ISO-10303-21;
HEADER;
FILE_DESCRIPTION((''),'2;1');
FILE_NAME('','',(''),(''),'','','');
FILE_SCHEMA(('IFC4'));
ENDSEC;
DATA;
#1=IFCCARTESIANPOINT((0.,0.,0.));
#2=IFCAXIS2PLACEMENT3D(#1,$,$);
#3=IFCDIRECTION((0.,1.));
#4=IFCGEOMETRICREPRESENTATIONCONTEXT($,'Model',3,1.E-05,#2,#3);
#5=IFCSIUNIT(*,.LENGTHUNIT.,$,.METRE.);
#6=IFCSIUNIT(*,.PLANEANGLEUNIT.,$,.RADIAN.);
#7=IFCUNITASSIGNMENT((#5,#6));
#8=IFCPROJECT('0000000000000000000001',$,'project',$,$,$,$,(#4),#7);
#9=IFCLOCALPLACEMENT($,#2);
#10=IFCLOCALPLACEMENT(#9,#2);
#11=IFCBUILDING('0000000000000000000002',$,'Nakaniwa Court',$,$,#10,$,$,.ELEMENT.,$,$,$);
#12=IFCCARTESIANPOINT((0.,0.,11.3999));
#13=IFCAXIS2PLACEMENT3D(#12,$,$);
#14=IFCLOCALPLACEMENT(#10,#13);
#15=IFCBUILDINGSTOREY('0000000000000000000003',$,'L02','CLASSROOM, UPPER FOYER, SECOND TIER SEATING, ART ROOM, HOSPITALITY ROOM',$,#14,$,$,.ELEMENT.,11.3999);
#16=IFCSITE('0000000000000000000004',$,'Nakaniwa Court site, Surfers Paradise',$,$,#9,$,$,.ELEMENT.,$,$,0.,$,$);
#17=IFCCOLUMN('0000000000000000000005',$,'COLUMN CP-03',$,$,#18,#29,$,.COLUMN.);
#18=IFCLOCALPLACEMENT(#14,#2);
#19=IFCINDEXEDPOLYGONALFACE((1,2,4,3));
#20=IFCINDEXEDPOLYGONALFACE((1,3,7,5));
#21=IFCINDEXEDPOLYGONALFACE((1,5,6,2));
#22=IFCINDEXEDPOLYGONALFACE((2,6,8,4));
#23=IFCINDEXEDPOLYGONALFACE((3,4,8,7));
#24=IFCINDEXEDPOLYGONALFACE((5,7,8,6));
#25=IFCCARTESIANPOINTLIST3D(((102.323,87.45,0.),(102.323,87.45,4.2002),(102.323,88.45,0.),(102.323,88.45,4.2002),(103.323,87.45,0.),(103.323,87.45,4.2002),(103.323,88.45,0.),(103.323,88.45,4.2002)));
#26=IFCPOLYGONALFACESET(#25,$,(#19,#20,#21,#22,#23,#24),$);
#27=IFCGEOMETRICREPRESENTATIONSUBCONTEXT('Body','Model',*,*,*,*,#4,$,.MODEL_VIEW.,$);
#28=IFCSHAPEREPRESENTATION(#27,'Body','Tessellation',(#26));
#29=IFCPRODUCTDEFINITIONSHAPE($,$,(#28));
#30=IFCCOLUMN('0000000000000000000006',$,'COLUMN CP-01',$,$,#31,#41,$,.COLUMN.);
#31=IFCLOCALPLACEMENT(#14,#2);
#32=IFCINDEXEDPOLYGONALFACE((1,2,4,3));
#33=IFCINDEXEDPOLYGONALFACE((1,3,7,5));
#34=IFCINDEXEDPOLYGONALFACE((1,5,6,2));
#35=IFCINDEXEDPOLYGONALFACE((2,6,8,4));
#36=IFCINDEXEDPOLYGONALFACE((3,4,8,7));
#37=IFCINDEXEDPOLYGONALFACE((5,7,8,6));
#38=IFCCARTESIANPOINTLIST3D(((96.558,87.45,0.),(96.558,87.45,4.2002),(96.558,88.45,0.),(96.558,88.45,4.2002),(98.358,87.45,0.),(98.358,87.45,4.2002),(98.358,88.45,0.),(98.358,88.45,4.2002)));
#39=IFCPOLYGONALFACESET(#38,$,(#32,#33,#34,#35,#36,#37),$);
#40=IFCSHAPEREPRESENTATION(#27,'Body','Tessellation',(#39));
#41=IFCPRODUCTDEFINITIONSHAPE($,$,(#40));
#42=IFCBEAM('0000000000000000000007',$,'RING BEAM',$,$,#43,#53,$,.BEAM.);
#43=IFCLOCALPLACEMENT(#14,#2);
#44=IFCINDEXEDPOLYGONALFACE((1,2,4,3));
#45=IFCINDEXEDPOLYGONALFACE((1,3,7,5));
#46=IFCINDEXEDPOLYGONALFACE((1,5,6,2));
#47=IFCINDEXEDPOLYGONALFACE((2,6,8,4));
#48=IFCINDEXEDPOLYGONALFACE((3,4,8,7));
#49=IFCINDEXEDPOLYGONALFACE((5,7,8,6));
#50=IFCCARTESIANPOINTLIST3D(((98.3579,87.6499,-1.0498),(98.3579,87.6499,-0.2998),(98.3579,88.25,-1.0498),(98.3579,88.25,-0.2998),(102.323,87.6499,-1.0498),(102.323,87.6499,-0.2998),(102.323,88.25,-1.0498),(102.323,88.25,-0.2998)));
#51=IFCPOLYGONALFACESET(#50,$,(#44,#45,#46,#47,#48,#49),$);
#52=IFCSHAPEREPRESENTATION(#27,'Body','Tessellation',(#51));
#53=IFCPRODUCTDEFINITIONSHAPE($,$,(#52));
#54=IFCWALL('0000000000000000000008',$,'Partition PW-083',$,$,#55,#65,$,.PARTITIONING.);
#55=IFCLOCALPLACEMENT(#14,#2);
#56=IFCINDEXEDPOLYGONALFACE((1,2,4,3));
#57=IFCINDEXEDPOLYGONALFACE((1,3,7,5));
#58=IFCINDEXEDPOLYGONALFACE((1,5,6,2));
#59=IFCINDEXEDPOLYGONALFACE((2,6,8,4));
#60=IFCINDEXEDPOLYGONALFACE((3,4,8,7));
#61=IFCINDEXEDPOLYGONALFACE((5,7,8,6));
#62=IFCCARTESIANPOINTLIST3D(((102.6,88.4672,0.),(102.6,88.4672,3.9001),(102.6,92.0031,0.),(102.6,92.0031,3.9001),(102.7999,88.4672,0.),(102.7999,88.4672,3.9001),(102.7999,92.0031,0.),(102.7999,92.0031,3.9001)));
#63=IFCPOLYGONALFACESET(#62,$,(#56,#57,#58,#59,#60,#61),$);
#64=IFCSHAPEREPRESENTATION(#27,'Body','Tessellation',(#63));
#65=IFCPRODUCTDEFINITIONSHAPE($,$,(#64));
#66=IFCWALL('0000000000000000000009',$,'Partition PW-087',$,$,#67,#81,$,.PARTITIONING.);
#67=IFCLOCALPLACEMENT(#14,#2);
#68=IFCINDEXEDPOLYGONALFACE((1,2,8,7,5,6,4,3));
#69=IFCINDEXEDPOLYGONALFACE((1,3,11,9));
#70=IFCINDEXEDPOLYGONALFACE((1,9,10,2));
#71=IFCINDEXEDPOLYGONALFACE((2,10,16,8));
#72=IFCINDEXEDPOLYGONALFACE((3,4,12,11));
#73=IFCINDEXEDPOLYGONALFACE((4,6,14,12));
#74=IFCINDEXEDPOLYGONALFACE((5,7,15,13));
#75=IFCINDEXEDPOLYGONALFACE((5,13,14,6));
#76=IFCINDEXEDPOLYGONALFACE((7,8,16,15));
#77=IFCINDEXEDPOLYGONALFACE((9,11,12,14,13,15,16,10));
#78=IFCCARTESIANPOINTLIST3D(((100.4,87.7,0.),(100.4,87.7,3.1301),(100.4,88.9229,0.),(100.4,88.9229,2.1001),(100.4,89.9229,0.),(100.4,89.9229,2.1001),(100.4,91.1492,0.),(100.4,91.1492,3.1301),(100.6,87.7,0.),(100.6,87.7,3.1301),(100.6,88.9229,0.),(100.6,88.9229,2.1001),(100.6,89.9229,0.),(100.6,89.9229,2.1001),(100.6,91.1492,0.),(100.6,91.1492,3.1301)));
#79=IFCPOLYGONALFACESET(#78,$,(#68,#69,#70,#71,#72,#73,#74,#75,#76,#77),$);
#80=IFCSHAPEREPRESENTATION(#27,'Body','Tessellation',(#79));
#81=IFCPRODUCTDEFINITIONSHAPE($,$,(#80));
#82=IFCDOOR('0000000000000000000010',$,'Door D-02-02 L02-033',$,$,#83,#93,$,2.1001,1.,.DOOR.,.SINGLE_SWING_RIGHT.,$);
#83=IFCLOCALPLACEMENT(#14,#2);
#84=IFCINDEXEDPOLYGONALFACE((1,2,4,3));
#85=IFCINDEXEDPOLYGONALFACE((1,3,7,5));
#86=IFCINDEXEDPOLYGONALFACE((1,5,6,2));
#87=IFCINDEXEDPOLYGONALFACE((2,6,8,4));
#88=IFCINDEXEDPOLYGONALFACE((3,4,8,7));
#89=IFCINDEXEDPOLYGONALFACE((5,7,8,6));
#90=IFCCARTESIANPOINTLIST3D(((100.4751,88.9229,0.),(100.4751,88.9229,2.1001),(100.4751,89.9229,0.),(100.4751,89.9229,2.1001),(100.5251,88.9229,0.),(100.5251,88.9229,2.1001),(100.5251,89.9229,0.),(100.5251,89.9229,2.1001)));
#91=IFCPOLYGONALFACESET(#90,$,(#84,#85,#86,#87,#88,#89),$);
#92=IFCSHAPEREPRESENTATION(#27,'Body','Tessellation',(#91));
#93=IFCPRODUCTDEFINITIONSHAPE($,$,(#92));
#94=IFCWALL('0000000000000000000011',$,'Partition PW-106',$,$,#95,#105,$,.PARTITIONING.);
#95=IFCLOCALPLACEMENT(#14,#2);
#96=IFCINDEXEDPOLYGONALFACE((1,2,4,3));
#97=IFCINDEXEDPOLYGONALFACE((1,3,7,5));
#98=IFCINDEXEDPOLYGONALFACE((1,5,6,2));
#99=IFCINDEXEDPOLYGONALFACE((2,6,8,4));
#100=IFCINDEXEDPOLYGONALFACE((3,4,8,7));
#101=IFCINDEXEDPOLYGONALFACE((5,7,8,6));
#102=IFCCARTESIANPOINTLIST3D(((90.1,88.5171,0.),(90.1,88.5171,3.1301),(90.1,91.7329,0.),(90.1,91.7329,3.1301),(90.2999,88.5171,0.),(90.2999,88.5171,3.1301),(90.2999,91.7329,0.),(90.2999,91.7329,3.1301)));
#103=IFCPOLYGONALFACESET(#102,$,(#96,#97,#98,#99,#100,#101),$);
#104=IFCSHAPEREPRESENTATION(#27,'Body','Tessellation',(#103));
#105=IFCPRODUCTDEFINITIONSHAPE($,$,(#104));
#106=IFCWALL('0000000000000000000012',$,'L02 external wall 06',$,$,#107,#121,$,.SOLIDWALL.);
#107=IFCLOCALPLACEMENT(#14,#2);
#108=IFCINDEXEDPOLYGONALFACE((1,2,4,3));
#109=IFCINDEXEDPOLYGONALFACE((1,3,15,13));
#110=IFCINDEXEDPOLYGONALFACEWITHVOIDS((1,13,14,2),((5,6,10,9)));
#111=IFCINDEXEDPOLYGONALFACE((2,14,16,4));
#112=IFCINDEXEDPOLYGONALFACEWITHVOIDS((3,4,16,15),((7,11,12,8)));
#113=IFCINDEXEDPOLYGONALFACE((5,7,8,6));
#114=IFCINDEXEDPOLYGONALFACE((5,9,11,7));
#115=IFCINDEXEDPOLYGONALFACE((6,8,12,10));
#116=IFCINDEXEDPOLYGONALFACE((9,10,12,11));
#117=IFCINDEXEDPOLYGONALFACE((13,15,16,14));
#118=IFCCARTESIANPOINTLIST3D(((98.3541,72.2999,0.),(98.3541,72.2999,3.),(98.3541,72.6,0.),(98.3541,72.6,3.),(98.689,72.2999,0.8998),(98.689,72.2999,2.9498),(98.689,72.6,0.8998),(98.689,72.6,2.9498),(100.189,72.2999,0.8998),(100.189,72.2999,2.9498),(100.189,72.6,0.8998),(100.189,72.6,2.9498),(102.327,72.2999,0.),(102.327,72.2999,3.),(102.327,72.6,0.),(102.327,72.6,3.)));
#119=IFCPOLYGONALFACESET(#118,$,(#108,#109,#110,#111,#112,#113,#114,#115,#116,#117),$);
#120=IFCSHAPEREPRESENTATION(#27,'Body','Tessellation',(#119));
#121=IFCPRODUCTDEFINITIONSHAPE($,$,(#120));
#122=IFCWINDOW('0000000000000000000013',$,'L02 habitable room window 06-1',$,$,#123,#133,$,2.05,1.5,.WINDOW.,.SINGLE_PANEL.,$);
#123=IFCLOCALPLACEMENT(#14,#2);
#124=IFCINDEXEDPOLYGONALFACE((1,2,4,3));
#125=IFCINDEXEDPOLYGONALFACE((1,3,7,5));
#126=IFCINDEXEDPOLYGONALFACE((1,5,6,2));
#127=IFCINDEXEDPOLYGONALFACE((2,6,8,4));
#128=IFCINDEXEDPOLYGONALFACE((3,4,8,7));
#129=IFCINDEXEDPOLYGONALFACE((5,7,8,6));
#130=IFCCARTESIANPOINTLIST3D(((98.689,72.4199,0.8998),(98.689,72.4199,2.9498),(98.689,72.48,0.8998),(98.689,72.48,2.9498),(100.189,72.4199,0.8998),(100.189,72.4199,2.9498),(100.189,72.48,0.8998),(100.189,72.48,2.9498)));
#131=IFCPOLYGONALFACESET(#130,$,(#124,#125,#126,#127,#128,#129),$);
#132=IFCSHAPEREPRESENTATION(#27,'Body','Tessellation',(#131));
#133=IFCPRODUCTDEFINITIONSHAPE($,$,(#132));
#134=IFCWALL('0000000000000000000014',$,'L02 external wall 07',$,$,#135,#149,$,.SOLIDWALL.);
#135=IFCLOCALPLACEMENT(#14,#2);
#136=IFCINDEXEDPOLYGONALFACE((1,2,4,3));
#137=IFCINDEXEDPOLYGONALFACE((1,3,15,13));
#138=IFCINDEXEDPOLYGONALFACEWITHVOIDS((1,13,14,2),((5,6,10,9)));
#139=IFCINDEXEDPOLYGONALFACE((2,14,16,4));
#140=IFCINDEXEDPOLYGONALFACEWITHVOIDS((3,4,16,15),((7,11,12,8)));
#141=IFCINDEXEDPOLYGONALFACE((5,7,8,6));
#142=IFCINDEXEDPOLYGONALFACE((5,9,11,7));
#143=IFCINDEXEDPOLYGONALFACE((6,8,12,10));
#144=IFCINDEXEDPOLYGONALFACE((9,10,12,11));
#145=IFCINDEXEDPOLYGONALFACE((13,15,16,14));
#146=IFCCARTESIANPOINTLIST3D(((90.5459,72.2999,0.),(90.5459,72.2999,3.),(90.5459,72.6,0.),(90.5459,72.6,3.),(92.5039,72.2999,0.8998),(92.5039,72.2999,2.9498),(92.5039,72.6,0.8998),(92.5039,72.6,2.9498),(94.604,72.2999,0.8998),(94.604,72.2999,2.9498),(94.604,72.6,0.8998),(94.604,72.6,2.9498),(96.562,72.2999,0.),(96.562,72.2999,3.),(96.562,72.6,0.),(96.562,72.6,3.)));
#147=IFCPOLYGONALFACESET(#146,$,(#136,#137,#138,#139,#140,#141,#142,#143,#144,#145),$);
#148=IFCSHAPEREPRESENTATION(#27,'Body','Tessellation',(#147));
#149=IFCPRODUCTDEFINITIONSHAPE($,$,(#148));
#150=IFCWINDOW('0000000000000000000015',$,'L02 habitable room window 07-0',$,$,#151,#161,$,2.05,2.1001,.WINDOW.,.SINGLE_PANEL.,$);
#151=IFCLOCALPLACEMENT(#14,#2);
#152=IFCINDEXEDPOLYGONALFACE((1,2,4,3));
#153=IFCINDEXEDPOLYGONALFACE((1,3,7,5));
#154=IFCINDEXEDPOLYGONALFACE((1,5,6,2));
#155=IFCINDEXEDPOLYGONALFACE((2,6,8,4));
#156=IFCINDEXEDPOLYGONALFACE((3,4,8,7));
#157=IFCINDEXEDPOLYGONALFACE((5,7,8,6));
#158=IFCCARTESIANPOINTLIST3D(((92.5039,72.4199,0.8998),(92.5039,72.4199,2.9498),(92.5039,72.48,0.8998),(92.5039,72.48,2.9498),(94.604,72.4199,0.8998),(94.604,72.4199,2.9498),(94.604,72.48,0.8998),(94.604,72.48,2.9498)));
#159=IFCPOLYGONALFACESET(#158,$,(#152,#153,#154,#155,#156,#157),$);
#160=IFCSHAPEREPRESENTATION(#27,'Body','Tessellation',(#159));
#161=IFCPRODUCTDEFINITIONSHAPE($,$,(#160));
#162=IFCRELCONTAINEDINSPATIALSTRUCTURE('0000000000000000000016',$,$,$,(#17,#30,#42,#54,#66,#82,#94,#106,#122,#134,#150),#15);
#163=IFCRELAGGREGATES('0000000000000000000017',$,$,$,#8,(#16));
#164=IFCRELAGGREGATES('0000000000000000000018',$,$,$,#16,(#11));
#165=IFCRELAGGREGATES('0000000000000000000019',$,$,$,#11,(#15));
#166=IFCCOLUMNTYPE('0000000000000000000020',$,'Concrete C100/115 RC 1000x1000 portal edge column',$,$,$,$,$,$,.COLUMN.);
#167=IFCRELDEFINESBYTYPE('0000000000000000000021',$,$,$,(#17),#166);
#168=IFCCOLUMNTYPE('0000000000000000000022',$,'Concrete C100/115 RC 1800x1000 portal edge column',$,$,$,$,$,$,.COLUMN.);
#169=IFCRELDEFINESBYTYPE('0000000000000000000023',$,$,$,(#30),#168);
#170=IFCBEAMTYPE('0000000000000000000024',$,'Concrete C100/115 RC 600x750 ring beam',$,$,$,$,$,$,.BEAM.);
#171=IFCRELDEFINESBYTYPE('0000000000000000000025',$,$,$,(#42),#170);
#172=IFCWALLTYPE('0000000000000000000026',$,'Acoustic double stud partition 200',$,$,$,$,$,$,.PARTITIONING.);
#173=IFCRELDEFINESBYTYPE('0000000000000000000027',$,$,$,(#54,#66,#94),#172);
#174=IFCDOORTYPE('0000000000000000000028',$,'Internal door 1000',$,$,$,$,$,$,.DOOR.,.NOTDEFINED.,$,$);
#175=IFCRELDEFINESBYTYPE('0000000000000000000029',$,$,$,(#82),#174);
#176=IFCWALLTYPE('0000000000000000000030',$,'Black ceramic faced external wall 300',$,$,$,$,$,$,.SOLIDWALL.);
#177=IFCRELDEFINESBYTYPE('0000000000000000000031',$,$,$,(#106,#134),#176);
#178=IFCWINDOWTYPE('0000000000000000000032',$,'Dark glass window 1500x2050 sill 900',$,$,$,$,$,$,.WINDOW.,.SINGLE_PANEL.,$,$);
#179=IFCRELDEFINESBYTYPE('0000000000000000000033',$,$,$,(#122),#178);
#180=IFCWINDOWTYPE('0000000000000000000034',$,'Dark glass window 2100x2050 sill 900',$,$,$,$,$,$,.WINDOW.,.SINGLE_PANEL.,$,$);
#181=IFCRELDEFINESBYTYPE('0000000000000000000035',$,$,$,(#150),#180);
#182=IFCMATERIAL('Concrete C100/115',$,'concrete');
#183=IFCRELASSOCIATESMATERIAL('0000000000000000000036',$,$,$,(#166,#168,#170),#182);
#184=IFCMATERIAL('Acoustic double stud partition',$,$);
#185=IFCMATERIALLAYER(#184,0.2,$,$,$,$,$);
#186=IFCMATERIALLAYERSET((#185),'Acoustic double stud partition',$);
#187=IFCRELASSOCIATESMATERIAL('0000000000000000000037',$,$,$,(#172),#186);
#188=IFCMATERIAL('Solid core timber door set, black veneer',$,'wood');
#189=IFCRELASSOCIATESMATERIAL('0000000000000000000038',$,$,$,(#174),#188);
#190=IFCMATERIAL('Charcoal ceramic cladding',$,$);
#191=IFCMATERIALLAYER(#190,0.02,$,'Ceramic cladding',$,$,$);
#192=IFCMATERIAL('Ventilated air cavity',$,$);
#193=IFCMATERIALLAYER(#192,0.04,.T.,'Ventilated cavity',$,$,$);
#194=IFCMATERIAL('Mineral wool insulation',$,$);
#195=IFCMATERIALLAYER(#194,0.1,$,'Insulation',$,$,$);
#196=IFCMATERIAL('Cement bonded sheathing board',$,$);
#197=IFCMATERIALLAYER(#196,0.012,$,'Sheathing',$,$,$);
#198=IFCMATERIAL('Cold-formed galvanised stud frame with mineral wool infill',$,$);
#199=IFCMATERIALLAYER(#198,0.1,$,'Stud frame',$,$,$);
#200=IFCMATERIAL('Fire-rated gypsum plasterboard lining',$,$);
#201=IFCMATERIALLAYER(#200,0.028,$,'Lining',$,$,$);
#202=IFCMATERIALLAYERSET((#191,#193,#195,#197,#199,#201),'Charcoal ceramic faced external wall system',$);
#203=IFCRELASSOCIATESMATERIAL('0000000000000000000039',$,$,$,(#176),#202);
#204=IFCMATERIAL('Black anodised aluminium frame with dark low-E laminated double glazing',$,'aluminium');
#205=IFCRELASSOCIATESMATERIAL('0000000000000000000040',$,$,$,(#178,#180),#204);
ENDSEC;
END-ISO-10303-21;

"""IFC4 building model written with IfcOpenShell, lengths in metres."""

from ifc_helpers import new_model, si_unit, direction, frame, frame_2d, origin, origin_2d, place, context, subcontext, project, spatial, rectangle, extrude, material, layer, layer_set, material_profile, profile_set, type_object, element, fill, save


model = new_model("IFC4")

# Units and contexts
model_context = context("Model", 3, precision=1e-05, world=origin(), true_north=direction((0.0, 1.0)))
body_context = subcontext(model_context, "Body", "Model", "MODEL_VIEW")
ifc_project = project(units=[si_unit("LENGTHUNIT", "METRE"), si_unit("PLANEANGLEUNIT", "RADIAN")], contexts=[model_context])

# Site, building, storey
site_placement = place(None, origin())
site = spatial("IfcSite", under=ifc_project, at=site_placement, Name="Nakaniwa Court site, Surfers Paradise", CompositionType="ELEMENT", RefElevation=0.0)
building_placement = place(site_placement, origin())
building = spatial("IfcBuilding", under=site, at=building_placement, Name="Nakaniwa Court", CompositionType="ELEMENT")
storey_placement = place(building_placement, frame((0.0, 0.0, 11.3999)))
storey = spatial("IfcBuildingStorey", under=building, at=storey_placement, Name="L02", Description="CLASSROOM, UPPER FOYER, SECOND TIER SEATING, ART ROOM, HOSPITALITY ROOM", CompositionType="ELEMENT", Elevation=11.3999)

# Columns
ifc_material_1 = material(Name="Concrete C100/115", Category="concrete")
ifc_material_profile_1 = material_profile(ifc_material_1, rectangle(XDim=1.0, YDim=1.0, at=origin_2d()), Name="Concrete C100/115 RC 1000x1000 portal edge column")
ifc_profile_set_1 = profile_set([ifc_material_profile_1], Name="Concrete C100/115")
column_type_1 = type_object("IfcColumnType", Name="Concrete C100/115 RC 1000x1000 portal edge column", PredefinedType="COLUMN", material=ifc_profile_set_1)
column_1_placement = place(storey_placement, frame((102.823, 87.95, 0.0), z_axis=(0.0, 0.0, 1.0), x_axis=(1.0, 0.0, 0.0)))
element("IfcColumn", 1, at=column_1_placement, inside=storey, type_object=column_type_1, Name="COLUMN CP-03", PredefinedType="COLUMN", context=body_context, shape_type="SweptSolid", body=[
    extrude(rectangle(XDim=1.0, YDim=1.0, at=origin_2d()), origin(), (0.0, 0.0, 1.0), 4.2002),
])
ifc_material_profile_2 = material_profile(ifc_material_1, rectangle(XDim=1.8, YDim=1.0, at=origin_2d()), Name="Concrete C100/115 RC 1800x1000 portal edge column")
ifc_profile_set_2 = profile_set([ifc_material_profile_2], Name="Concrete C100/115")
column_type_2 = type_object("IfcColumnType", Name="Concrete C100/115 RC 1800x1000 portal edge column", PredefinedType="COLUMN", material=ifc_profile_set_2)
column_2_placement = place(storey_placement, frame((97.458, 87.95, 0.0), z_axis=(0.0, 0.0, 1.0), x_axis=(1.0, 0.0, 0.0)))
element("IfcColumn", 2, at=column_2_placement, inside=storey, type_object=column_type_2, Name="COLUMN CP-01", PredefinedType="COLUMN", context=body_context, shape_type="SweptSolid", body=[
    extrude(rectangle(XDim=1.8, YDim=1.0, at=origin_2d()), origin(), (0.0, 0.0, 1.0), 4.2002),
])

# Beam
ifc_material_profile_3 = material_profile(ifc_material_1, rectangle(XDim=0.6001, YDim=0.75, at=origin_2d()), Name="Concrete C100/115 RC 600x750 ring beam")
ifc_profile_set_3 = profile_set([ifc_material_profile_3], Name="Concrete C100/115")
beam_type = type_object("IfcBeamType", Name="Concrete C100/115 RC 600x750 ring beam", PredefinedType="BEAM", material=ifc_profile_set_3)
beam_placement = place(storey_placement, frame((98.3579, 87.95, -0.6748), z_axis=(1.0, 0.0, 0.0), x_axis=(0.0, 1.0, 0.0)))
element("IfcBeam", 3, at=beam_placement, inside=storey, type_object=beam_type, Name="RING BEAM", PredefinedType="BEAM", context=body_context, shape_type="SweptSolid", body=[
    extrude(rectangle(XDim=0.6001, YDim=0.75, at=origin_2d()), origin(), (0.0, 0.0, 1.0), 3.9651),
])

# Wall
ifc_material_2 = material(Name="Acoustic double stud partition")
ifc_layer_1 = layer(ifc_material_2, 0.2)
ifc_layer_set_1 = layer_set([ifc_layer_1], Name="Acoustic double stud partition")
wall_type_1 = type_object("IfcWallType", Name="Acoustic double stud partition 200", PredefinedType="PARTITIONING", material=ifc_layer_set_1)
wall_1_placement = place(storey_placement, frame((102.7, 88.467, 0.0), z_axis=(0.0, 0.0, 1.0), x_axis=(0.0, 1.0, 0.0)))
element("IfcWall", 4, at=wall_1_placement, inside=storey, type_object=wall_type_1, Name="Partition PW-083", PredefinedType="PARTITIONING", context=body_context, shape_type="SweptSolid", body=[
    extrude(rectangle(XDim=3.5359, YDim=0.2, at=frame_2d((1.7681, 0.0))), origin(), (0.0, 0.0, 1.0), 3.9001),
])

# Wall, opening, door
wall_2_placement = place(storey_placement, frame((100.5, 87.7, 0.0), z_axis=(0.0, 0.0, 1.0), x_axis=(0.0, 1.0, 0.0)))
wall_2 = element("IfcWall", 5, at=wall_2_placement, inside=storey, type_object=wall_type_1, Name="Partition PW-087", PredefinedType="PARTITIONING", context=body_context, shape_type="SweptSolid", body=[
    extrude(rectangle(XDim=3.4492, YDim=0.2, at=frame_2d((1.7246, 0.0))), origin(), (0.0, 0.0, 1.0), 3.1301),
])
opening_1_placement = place(wall_2_placement, frame((1.2229, 0.0, 0.0)))
opening_1 = element("IfcOpeningElement", 6, at=opening_1_placement, cuts=wall_2, PredefinedType="OPENING", context=body_context, shape_type="SweptSolid", body=[
    extrude(rectangle(XDim=1.0, YDim=2.1001, at=frame_2d((0.5, 1.05))), frame((0.0, 0.1099, 0.0), z_axis=(0.0, -1.0, 0.0), x_axis=(1.0, 0.0, 0.0)), (0.0, 0.0, 1.0), 0.22),
])
ifc_material_3 = material(Name="Solid core timber door set, black veneer", Category="wood")
door_type = type_object("IfcDoorType", Name="Internal door 1000", OperationType="NOTDEFINED", PredefinedType="DOOR", material=ifc_material_3)
door_placement = place(opening_1_placement, origin())
door = element("IfcDoor", 7, at=door_placement, inside=storey, type_object=door_type, Name="Door D-02-02 L02-033", OperationType="SINGLE_SWING_RIGHT", OverallHeight=2.1001, OverallWidth=1.0, PredefinedType="DOOR", context=body_context, shape_type="SweptSolid", body=[
    extrude(rectangle(XDim=1.0, YDim=2.1001, at=frame_2d((0.5, 1.05))), frame((0.0, 0.0249, 0.0), z_axis=(0.0, -1.0, 0.0), x_axis=(1.0, 0.0, 0.0)), (0.0, 0.0, 1.0), 0.05),
])
fill(opening_1, door)

# Wall
wall_3_placement = place(storey_placement, frame((90.2, 88.5171, 0.0), z_axis=(0.0, 0.0, 1.0), x_axis=(0.0, 1.0, 0.0)))
element("IfcWall", 8, at=wall_3_placement, inside=storey, type_object=wall_type_1, Name="Partition PW-106", PredefinedType="PARTITIONING", context=body_context, shape_type="SweptSolid", body=[
    extrude(rectangle(XDim=3.2158, YDim=0.2, at=frame_2d((1.6079, 0.0))), origin(), (0.0, 0.0, 1.0), 3.1301),
])

# Walls, openings, windows
ifc_material_4 = material(Name="Charcoal ceramic cladding")
ifc_layer_2 = layer(ifc_material_4, 0.02, Name="Ceramic cladding")
ifc_material_5 = material(Name="Ventilated air cavity")
ifc_layer_3 = layer(ifc_material_5, 0.04, ventilated=True, Name="Ventilated cavity")
ifc_material_6 = material(Name="Mineral wool insulation")
ifc_layer_4 = layer(ifc_material_6, 0.1, Name="Insulation")
ifc_material_7 = material(Name="Cement bonded sheathing board")
ifc_layer_5 = layer(ifc_material_7, 0.012, Name="Sheathing")
ifc_material_8 = material(Name="Cold-formed galvanised stud frame with mineral wool infill")
ifc_layer_6 = layer(ifc_material_8, 0.1, Name="Stud frame")
ifc_material_9 = material(Name="Fire-rated gypsum plasterboard lining")
ifc_layer_7 = layer(ifc_material_9, 0.028, Name="Lining")
ifc_layer_set_2 = layer_set([ifc_layer_2, ifc_layer_3, ifc_layer_4, ifc_layer_5, ifc_layer_6, ifc_layer_7], Name="Charcoal ceramic faced external wall system")
wall_type_2 = type_object("IfcWallType", Name="Black ceramic faced external wall 300", PredefinedType="SOLIDWALL", material=ifc_layer_set_2)
wall_4_placement = place(storey_placement, frame((102.3269, 72.45, 0.0), z_axis=(0.0, 0.0, 1.0), x_axis=(-1.0, 0.0, 0.0)))
wall_4 = element("IfcWall", 9, at=wall_4_placement, inside=storey, type_object=wall_type_2, Name="L02 external wall 06", PredefinedType="SOLIDWALL", context=body_context, shape_type="SweptSolid", body=[
    extrude(rectangle(XDim=3.9729, YDim=0.3, at=frame_2d((1.9863, 0.0))), origin(), (0.0, 0.0, 1.0), 3.0),
])
opening_2_placement = place(wall_4_placement, frame((2.1379, 0.0, 0.8999)))
opening_2 = element("IfcOpeningElement", 10, at=opening_2_placement, cuts=wall_4, PredefinedType="OPENING", context=body_context, shape_type="SweptSolid", body=[
    extrude(rectangle(XDim=1.5, YDim=2.05, at=frame_2d((0.75, 1.0249))), frame((0.0, 0.1599, 0.0), z_axis=(0.0, -1.0, 0.0), x_axis=(1.0, 0.0, 0.0)), (0.0, 0.0, 1.0), 0.3201),
])
ifc_material_10 = material(Name="Black anodised aluminium frame with dark low-E laminated double glazing", Category="aluminium")
window_type_1 = type_object("IfcWindowType", Name="Dark glass window 1500x2050 sill 900", PartitioningType="SINGLE_PANEL", PredefinedType="WINDOW", material=ifc_material_10)
window_1_placement = place(opening_2_placement, origin())
window_1 = element("IfcWindow", 11, at=window_1_placement, inside=storey, type_object=window_type_1, Name="L02 habitable room window 06-1", OverallHeight=2.05, OverallWidth=1.5, PartitioningType="SINGLE_PANEL", PredefinedType="WINDOW", context=body_context, shape_type="SweptSolid", body=[
    extrude(rectangle(XDim=1.5, YDim=2.05, at=frame_2d((0.75, 1.0249))), frame((0.0, 0.03, 0.0), z_axis=(0.0, -1.0, 0.0), x_axis=(1.0, 0.0, 0.0)), (0.0, 0.0, 1.0), 0.0601),
])
fill(opening_2, window_1)
wall_5_placement = place(storey_placement, frame((96.562, 72.45, 0.0), z_axis=(0.0, 0.0, 1.0), x_axis=(-1.0, 0.0, 0.0)))
wall_5 = element("IfcWall", 12, at=wall_5_placement, inside=storey, type_object=wall_type_2, Name="L02 external wall 07", PredefinedType="SOLIDWALL", context=body_context, shape_type="SweptSolid", body=[
    extrude(rectangle(XDim=6.0161, YDim=0.3, at=frame_2d((3.0081, 0.0))), origin(), (0.0, 0.0, 1.0), 3.0),
])
opening_3_placement = place(wall_5_placement, frame((1.958, 0.0, 0.8999)))
opening_3 = element("IfcOpeningElement", 13, at=opening_3_placement, cuts=wall_5, PredefinedType="OPENING", context=body_context, shape_type="SweptSolid", body=[
    extrude(rectangle(XDim=2.1001, YDim=2.05, at=frame_2d((1.05, 1.0249))), frame((0.0, 0.1599, 0.0), z_axis=(0.0, -1.0, 0.0), x_axis=(1.0, 0.0, 0.0)), (0.0, 0.0, 1.0), 0.3201),
])
window_type_2 = type_object("IfcWindowType", Name="Dark glass window 2100x2050 sill 900", PartitioningType="SINGLE_PANEL", PredefinedType="WINDOW", material=ifc_material_10)
window_2_placement = place(opening_3_placement, origin())
window_2 = element("IfcWindow", 14, at=window_2_placement, inside=storey, type_object=window_type_2, Name="L02 habitable room window 07-0", OverallHeight=2.05, OverallWidth=2.1001, PartitioningType="SINGLE_PANEL", PredefinedType="WINDOW", context=body_context, shape_type="SweptSolid", body=[
    extrude(rectangle(XDim=2.1001, YDim=2.05, at=frame_2d((1.05, 1.0249))), frame((0.0, 0.03, 0.0), z_axis=(0.0, -1.0, 0.0), x_axis=(1.0, 0.0, 0.0)), (0.0, 0.0, 1.0), 0.0601),
])
fill(opening_3, window_2)

save(model, "model.ifc")
